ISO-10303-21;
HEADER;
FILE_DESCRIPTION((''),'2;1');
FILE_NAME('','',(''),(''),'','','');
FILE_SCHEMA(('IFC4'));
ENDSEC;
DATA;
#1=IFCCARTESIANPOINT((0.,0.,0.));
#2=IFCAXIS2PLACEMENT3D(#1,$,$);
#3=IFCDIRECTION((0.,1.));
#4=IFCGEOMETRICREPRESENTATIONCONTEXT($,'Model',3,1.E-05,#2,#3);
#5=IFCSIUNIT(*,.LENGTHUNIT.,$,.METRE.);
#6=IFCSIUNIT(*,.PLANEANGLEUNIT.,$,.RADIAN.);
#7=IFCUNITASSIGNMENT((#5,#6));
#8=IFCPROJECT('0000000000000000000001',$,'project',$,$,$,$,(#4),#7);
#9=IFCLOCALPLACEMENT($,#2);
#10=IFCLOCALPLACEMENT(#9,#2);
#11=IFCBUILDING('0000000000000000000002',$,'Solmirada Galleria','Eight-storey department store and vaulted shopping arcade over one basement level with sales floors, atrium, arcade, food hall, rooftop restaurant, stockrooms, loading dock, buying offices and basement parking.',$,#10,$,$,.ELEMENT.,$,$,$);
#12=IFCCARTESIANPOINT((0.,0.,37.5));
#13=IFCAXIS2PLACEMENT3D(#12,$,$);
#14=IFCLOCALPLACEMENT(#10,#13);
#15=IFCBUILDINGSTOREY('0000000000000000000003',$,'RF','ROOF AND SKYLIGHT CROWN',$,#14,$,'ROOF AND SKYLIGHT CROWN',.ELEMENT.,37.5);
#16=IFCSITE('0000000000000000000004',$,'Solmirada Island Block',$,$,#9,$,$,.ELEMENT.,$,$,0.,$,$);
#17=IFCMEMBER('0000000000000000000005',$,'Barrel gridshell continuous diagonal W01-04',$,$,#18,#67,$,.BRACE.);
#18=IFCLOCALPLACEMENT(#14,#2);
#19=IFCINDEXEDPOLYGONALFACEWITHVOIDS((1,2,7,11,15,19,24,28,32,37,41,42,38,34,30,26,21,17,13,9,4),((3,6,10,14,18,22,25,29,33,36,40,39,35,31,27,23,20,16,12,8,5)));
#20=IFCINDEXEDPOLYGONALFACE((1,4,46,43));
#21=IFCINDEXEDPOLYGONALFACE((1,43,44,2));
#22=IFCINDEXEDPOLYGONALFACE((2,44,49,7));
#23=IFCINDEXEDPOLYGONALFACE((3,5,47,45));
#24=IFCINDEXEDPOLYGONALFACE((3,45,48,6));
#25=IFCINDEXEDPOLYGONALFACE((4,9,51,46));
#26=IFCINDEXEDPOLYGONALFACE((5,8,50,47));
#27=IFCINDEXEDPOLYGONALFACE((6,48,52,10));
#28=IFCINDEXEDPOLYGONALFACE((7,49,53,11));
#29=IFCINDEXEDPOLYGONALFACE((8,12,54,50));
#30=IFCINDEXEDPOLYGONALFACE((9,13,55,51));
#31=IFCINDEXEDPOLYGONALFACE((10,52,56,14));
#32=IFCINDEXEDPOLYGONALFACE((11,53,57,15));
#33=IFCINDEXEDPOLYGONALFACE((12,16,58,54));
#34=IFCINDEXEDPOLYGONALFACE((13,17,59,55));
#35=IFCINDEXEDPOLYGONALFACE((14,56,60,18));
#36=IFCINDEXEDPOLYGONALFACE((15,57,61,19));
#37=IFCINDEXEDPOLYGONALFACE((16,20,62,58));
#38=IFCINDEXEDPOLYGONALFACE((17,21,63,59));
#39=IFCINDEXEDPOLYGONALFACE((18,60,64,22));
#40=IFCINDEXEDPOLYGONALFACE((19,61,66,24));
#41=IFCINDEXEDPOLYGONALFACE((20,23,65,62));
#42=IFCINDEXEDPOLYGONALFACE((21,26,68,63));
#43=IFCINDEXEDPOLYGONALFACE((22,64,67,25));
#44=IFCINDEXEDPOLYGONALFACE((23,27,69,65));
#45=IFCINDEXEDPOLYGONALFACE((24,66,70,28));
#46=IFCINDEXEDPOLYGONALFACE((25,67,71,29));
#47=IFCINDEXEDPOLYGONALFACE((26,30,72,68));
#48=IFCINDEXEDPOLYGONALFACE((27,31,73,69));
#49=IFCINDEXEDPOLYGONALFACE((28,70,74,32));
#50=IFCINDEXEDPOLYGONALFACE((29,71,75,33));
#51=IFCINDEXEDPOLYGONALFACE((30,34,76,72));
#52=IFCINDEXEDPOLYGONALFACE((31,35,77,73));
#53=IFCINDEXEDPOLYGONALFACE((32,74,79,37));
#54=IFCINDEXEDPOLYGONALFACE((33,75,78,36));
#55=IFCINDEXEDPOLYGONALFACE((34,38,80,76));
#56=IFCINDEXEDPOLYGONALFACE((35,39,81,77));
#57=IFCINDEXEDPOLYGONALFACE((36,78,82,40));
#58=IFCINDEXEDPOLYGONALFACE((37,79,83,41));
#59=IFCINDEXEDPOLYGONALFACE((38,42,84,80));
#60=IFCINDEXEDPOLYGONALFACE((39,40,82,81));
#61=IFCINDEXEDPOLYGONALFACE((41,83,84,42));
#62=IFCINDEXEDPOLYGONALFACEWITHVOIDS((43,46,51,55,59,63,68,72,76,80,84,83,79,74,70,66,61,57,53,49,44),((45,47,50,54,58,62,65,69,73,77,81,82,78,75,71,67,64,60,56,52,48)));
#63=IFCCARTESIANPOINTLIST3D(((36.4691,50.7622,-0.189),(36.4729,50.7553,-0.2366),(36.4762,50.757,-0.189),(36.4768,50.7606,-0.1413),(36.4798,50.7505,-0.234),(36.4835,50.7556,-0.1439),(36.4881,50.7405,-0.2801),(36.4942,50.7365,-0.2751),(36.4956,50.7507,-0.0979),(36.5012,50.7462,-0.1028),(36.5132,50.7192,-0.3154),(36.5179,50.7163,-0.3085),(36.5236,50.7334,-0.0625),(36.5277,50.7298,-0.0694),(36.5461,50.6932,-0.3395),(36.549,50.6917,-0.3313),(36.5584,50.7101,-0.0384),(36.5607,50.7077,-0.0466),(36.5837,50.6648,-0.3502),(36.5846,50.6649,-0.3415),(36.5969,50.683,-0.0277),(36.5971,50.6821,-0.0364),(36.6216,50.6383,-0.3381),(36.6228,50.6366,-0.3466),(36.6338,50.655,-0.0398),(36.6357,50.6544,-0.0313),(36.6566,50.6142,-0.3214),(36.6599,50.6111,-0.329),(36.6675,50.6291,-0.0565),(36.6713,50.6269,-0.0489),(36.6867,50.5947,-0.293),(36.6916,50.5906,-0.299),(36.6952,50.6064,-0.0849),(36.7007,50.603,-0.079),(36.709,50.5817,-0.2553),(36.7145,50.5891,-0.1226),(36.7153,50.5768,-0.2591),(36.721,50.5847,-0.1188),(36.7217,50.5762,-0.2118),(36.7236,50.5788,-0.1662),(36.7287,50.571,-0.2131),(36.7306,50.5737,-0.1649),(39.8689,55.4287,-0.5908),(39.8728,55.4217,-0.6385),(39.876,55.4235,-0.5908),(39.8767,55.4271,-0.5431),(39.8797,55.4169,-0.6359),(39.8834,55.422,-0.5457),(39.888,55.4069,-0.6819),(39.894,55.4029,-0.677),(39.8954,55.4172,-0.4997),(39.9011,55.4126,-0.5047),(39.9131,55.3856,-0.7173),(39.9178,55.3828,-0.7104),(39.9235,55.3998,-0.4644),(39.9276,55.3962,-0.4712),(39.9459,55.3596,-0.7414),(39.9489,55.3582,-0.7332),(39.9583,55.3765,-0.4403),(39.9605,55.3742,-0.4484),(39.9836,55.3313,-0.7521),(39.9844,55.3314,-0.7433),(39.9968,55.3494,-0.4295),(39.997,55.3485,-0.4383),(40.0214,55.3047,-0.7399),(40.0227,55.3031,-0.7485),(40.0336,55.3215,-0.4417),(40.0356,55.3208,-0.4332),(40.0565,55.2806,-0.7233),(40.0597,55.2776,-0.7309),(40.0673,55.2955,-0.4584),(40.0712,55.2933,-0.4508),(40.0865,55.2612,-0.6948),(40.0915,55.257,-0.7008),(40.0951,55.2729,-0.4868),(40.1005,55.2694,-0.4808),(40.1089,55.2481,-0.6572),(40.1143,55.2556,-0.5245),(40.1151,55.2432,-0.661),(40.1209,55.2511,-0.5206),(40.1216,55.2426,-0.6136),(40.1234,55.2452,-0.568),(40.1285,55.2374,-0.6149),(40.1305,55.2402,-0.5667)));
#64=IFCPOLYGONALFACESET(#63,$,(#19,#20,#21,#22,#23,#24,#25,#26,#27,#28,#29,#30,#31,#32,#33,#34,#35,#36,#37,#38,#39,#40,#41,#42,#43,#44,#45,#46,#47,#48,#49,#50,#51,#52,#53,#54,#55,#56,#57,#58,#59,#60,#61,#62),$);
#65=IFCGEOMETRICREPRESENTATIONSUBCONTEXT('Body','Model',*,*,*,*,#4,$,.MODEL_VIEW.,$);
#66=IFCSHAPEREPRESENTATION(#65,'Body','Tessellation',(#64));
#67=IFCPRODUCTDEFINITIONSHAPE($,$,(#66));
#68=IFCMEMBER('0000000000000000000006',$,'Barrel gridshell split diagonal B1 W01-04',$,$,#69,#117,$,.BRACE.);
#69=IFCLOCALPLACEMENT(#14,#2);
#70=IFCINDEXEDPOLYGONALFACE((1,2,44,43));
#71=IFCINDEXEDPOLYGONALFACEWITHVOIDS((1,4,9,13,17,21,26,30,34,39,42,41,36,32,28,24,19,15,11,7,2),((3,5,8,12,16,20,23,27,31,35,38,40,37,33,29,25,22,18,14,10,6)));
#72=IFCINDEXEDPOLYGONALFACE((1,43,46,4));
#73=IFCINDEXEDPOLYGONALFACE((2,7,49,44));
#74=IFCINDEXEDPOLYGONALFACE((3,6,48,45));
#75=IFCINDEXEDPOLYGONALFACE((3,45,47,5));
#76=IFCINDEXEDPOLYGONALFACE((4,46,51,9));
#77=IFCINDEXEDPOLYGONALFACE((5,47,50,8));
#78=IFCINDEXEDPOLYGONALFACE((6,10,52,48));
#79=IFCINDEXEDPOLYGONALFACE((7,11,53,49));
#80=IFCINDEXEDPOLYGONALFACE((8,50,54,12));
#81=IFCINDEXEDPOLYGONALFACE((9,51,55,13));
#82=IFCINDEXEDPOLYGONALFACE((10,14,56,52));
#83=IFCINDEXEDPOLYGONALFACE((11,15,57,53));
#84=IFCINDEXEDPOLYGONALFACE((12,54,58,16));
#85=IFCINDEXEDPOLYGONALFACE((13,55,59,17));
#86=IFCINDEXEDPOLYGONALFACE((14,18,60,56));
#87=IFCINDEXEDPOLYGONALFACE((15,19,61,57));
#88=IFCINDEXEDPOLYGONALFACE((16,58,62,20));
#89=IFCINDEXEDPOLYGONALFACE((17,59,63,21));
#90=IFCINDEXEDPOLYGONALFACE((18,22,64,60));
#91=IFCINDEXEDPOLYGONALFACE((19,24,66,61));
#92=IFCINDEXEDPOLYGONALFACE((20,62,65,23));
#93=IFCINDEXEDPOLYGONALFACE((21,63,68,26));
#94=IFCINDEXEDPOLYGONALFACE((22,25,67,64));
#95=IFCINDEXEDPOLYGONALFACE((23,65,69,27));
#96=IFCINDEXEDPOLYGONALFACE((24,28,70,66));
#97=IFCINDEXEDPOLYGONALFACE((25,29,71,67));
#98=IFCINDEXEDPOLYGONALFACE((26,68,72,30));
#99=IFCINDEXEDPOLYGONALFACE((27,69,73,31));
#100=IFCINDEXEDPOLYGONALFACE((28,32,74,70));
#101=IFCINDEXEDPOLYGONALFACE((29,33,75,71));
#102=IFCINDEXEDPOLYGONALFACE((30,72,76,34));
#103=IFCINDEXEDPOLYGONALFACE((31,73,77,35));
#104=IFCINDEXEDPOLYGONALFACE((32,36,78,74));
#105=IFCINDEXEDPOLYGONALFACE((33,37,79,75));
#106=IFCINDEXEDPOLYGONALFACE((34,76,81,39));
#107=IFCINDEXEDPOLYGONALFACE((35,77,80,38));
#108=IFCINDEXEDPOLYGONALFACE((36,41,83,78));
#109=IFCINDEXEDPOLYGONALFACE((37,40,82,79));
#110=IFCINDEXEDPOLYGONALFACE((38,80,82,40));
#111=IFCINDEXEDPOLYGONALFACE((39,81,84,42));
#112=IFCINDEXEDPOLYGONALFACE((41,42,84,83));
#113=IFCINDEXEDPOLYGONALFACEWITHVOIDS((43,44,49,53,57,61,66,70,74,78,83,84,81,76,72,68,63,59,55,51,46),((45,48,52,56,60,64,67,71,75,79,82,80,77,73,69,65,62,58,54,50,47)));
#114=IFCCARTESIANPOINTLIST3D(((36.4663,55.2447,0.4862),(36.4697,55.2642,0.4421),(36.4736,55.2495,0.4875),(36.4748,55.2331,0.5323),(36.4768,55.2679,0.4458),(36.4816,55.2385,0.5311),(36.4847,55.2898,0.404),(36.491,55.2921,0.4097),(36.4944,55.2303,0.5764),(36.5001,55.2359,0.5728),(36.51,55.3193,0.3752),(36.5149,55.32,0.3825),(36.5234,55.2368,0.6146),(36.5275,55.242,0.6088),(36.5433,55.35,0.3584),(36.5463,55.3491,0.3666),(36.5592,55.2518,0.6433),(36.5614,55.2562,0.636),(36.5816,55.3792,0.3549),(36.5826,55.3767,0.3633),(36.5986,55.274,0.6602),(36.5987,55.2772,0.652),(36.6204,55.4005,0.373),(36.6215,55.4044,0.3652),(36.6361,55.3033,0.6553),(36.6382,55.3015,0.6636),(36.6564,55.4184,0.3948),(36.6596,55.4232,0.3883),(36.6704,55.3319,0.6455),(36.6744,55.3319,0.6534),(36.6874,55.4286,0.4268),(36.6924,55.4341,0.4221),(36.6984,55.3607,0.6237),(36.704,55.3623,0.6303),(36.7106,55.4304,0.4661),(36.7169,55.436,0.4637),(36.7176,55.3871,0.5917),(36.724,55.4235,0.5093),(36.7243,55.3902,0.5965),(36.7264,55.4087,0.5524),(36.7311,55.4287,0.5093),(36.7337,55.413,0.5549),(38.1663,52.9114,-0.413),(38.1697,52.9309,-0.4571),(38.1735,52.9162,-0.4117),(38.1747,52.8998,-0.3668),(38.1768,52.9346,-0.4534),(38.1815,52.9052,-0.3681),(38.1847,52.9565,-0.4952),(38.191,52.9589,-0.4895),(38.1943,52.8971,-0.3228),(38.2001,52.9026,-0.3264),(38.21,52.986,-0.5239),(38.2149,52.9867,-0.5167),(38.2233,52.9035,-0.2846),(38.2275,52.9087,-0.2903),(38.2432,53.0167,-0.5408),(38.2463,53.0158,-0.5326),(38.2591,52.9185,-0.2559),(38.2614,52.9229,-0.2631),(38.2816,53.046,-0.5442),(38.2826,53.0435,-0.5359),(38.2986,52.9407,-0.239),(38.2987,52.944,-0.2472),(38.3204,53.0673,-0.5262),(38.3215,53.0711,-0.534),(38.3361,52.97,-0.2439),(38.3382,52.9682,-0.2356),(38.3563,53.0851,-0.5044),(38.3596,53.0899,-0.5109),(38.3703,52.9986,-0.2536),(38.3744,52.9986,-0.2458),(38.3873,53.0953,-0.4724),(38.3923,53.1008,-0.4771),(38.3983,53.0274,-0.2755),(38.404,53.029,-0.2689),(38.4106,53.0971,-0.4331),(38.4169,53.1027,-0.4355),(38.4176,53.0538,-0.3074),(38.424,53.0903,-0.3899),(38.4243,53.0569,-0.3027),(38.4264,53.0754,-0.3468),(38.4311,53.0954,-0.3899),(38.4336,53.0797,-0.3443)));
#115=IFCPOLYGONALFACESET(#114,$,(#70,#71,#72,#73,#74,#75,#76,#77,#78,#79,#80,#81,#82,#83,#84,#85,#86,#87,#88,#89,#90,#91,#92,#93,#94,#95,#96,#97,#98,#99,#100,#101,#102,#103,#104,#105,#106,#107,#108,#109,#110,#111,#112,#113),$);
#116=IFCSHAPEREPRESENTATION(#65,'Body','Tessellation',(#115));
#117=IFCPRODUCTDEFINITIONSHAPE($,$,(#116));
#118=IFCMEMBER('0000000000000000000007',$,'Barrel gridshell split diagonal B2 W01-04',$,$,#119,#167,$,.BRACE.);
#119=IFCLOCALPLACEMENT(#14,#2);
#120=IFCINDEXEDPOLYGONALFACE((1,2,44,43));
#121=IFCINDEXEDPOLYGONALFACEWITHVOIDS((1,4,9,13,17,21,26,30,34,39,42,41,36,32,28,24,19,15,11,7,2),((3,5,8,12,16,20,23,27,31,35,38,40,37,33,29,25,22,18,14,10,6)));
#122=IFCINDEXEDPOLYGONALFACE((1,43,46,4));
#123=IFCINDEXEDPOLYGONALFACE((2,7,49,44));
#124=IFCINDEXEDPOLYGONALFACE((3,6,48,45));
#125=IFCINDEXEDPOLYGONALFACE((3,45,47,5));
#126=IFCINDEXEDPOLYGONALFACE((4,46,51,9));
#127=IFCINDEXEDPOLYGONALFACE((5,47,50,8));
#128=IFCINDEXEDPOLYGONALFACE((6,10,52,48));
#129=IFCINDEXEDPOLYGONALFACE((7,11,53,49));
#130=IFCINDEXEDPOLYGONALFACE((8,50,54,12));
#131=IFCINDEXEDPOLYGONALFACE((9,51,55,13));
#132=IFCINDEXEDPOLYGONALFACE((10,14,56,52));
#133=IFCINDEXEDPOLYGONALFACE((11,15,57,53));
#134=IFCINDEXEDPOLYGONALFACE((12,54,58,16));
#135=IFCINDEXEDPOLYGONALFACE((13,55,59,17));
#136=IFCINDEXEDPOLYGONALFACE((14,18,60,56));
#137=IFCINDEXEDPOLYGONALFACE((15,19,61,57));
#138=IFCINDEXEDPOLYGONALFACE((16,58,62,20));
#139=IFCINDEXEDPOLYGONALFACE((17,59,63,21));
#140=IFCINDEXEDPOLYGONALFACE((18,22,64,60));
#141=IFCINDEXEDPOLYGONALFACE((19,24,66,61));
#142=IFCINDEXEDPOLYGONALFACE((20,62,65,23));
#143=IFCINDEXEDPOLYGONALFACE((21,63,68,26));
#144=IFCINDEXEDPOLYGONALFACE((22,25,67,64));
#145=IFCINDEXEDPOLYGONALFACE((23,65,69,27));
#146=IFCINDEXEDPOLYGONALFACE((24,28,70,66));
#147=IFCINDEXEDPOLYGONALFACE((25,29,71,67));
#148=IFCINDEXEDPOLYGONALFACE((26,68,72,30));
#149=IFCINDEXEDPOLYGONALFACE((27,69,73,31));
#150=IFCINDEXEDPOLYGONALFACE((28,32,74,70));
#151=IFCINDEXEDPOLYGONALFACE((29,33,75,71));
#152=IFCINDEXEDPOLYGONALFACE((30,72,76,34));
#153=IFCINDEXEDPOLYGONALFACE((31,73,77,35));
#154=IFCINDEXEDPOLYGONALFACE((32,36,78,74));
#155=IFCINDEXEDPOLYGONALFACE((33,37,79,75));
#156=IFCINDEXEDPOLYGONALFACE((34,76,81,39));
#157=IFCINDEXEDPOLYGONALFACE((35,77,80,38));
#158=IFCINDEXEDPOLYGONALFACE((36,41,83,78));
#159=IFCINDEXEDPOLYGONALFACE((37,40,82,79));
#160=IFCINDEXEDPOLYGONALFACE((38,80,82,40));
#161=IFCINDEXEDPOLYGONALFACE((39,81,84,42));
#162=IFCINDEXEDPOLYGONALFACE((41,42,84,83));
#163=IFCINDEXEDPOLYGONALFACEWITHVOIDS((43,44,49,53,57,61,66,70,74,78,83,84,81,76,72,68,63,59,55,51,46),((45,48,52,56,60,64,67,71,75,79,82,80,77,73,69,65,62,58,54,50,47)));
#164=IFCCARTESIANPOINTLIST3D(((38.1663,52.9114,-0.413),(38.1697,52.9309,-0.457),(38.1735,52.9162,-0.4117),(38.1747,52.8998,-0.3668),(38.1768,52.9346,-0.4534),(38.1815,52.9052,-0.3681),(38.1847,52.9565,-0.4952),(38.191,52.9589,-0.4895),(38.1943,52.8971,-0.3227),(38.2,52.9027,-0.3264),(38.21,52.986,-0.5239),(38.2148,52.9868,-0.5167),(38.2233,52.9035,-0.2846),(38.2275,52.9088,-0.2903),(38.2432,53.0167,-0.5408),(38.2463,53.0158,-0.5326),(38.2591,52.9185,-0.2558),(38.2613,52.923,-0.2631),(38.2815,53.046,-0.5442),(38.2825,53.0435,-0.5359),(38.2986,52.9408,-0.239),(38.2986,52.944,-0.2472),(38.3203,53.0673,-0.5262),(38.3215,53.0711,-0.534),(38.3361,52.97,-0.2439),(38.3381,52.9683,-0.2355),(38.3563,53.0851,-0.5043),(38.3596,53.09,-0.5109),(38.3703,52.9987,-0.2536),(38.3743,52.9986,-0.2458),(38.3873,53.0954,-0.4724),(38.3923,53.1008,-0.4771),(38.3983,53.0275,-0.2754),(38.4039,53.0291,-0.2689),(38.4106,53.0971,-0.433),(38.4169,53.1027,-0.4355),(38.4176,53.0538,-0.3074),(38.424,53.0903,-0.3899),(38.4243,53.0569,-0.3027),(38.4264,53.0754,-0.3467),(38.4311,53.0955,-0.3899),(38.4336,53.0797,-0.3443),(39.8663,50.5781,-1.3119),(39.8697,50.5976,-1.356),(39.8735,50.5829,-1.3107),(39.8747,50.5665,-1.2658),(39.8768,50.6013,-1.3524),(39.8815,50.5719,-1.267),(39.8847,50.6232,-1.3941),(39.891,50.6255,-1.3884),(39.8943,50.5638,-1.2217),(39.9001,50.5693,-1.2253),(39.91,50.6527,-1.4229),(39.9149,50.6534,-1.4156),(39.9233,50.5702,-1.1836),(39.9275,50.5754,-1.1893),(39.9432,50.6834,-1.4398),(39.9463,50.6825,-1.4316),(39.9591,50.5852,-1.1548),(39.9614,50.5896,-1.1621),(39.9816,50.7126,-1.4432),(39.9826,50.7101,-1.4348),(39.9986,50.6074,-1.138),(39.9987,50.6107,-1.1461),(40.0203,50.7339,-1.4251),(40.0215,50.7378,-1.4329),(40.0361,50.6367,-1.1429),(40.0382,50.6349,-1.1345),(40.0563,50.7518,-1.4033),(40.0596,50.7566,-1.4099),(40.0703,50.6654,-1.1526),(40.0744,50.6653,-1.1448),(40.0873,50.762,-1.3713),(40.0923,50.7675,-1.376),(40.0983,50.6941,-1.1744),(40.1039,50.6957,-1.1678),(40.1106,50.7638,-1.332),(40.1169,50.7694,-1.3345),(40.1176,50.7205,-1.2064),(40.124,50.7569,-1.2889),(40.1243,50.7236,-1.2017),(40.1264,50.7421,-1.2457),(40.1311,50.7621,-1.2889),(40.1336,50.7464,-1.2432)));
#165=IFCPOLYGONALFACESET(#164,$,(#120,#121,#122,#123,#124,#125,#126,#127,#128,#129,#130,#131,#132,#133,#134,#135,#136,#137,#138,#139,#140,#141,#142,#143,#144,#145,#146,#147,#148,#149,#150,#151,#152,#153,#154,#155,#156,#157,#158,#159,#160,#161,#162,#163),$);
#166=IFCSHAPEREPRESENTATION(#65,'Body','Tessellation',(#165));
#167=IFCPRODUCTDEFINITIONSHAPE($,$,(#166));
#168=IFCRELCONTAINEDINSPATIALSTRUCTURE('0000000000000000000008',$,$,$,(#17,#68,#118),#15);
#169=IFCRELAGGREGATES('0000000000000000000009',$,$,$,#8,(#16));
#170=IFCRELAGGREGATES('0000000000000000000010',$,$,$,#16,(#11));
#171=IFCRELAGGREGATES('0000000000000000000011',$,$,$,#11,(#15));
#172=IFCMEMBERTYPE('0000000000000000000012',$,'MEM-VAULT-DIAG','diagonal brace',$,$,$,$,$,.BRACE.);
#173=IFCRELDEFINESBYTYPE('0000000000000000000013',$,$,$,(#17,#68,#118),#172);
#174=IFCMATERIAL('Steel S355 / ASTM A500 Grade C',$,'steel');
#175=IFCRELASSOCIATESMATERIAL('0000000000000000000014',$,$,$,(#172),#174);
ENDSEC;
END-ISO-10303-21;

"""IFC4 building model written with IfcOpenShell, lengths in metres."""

from ifc_helpers import new_model, si_unit, direction, frame, origin, origin_2d, place, context, subcontext, project, spatial, hollow_circle, extrude, material, material_profile, profile_set, type_object, element, save


model = new_model("IFC4")

# Units and contexts
model_context = context("Model", 3, precision=1e-05, world=origin(), true_north=direction((0.0, 1.0)))
body_context = subcontext(model_context, "Body", "Model", "MODEL_VIEW")
ifc_project = project(units=[si_unit("LENGTHUNIT", "METRE"), si_unit("PLANEANGLEUNIT", "RADIAN")], contexts=[model_context])

# Site, building, storey
site_placement = place(None, origin())
site = spatial("IfcSite", under=ifc_project, at=site_placement, Name="Solmirada Island Block", CompositionType="ELEMENT", RefElevation=0.0)
building_placement = place(site_placement, origin())
building = spatial("IfcBuilding", under=site, at=building_placement, Name="Solmirada Galleria", Description="Eight-storey department store and vaulted shopping arcade over one basement level with sales floors, atrium, arcade, food hall, rooftop restaurant, stockrooms, loading dock, buying offices and basement parking.", CompositionType="ELEMENT")
storey_placement = place(building_placement, frame((0.0, 0.0, 37.5)))
storey = spatial("IfcBuildingStorey", under=building, at=storey_placement, Name="RF", Description="ROOF AND SKYLIGHT CROWN", LongName="ROOF AND SKYLIGHT CROWN", CompositionType="ELEMENT", Elevation=37.5)

# Members
ifc_material_1 = material(Name="Steel S355 / ASTM A500 Grade C", Category="steel")
ifc_material_profile_1 = material_profile(ifc_material_1, hollow_circle(Radius=0.1621, WallThickness=0.0088, at=origin_2d()), Name="HSS12.750X0.375")
ifc_profile_set_1 = profile_set([ifc_material_profile_1], Name="Steel S355 / ASTM A500 Grade C")
member_type_1 = type_object("IfcMemberType", Name="MEM-VAULT-DIAG", Description="diagonal brace", PredefinedType="BRACE", material=ifc_profile_set_1)
member_1_placement = place(storey_placement, frame((36.6001, 50.6667, -0.189), z_axis=(0.587439, 0.806284, -0.069433), x_axis=(-0.808235, 0.58886, 0.0)))
element("IfcMember", 1, at=member_1_placement, inside=storey, type_object=member_type_1, Name="Barrel gridshell continuous diagonal W01-04", PredefinedType="BRACE", context=body_context, shape_type="SweptSolid", body=[
    extrude(hollow_circle(Radius=0.1621, WallThickness=0.0088, at=origin_2d()), origin(), (0.0, 0.0, 1.0), 5.7876),
])
for number, where, z_axis, x_axis, name in (
    (2, (36.6001, 55.3333, 0.5093), (0.56222, -0.77167, -0.29738), (0.808235, 0.58886, 0.0), "Barrel gridshell split diagonal B1 W01-04"),
    (3, (38.3, 53.0, -0.3899), (0.562233, -0.771688, -0.297306), (0.808235, 0.58886, 0.0), "Barrel gridshell split diagonal B2 W01-04"),
):
    element("IfcMember", number, at=place(storey_placement, frame(where, z_axis=z_axis, x_axis=x_axis)), inside=storey, type_object=member_type_1, Name=name, PredefinedType="BRACE", context=body_context, shape_type="SweptSolid", body=[
        extrude(hollow_circle(Radius=0.1621, WallThickness=0.0088, at=origin_2d()), origin(), (0.0, 0.0, 1.0), 3.0237),
    ])

save(model, "model.ifc")
